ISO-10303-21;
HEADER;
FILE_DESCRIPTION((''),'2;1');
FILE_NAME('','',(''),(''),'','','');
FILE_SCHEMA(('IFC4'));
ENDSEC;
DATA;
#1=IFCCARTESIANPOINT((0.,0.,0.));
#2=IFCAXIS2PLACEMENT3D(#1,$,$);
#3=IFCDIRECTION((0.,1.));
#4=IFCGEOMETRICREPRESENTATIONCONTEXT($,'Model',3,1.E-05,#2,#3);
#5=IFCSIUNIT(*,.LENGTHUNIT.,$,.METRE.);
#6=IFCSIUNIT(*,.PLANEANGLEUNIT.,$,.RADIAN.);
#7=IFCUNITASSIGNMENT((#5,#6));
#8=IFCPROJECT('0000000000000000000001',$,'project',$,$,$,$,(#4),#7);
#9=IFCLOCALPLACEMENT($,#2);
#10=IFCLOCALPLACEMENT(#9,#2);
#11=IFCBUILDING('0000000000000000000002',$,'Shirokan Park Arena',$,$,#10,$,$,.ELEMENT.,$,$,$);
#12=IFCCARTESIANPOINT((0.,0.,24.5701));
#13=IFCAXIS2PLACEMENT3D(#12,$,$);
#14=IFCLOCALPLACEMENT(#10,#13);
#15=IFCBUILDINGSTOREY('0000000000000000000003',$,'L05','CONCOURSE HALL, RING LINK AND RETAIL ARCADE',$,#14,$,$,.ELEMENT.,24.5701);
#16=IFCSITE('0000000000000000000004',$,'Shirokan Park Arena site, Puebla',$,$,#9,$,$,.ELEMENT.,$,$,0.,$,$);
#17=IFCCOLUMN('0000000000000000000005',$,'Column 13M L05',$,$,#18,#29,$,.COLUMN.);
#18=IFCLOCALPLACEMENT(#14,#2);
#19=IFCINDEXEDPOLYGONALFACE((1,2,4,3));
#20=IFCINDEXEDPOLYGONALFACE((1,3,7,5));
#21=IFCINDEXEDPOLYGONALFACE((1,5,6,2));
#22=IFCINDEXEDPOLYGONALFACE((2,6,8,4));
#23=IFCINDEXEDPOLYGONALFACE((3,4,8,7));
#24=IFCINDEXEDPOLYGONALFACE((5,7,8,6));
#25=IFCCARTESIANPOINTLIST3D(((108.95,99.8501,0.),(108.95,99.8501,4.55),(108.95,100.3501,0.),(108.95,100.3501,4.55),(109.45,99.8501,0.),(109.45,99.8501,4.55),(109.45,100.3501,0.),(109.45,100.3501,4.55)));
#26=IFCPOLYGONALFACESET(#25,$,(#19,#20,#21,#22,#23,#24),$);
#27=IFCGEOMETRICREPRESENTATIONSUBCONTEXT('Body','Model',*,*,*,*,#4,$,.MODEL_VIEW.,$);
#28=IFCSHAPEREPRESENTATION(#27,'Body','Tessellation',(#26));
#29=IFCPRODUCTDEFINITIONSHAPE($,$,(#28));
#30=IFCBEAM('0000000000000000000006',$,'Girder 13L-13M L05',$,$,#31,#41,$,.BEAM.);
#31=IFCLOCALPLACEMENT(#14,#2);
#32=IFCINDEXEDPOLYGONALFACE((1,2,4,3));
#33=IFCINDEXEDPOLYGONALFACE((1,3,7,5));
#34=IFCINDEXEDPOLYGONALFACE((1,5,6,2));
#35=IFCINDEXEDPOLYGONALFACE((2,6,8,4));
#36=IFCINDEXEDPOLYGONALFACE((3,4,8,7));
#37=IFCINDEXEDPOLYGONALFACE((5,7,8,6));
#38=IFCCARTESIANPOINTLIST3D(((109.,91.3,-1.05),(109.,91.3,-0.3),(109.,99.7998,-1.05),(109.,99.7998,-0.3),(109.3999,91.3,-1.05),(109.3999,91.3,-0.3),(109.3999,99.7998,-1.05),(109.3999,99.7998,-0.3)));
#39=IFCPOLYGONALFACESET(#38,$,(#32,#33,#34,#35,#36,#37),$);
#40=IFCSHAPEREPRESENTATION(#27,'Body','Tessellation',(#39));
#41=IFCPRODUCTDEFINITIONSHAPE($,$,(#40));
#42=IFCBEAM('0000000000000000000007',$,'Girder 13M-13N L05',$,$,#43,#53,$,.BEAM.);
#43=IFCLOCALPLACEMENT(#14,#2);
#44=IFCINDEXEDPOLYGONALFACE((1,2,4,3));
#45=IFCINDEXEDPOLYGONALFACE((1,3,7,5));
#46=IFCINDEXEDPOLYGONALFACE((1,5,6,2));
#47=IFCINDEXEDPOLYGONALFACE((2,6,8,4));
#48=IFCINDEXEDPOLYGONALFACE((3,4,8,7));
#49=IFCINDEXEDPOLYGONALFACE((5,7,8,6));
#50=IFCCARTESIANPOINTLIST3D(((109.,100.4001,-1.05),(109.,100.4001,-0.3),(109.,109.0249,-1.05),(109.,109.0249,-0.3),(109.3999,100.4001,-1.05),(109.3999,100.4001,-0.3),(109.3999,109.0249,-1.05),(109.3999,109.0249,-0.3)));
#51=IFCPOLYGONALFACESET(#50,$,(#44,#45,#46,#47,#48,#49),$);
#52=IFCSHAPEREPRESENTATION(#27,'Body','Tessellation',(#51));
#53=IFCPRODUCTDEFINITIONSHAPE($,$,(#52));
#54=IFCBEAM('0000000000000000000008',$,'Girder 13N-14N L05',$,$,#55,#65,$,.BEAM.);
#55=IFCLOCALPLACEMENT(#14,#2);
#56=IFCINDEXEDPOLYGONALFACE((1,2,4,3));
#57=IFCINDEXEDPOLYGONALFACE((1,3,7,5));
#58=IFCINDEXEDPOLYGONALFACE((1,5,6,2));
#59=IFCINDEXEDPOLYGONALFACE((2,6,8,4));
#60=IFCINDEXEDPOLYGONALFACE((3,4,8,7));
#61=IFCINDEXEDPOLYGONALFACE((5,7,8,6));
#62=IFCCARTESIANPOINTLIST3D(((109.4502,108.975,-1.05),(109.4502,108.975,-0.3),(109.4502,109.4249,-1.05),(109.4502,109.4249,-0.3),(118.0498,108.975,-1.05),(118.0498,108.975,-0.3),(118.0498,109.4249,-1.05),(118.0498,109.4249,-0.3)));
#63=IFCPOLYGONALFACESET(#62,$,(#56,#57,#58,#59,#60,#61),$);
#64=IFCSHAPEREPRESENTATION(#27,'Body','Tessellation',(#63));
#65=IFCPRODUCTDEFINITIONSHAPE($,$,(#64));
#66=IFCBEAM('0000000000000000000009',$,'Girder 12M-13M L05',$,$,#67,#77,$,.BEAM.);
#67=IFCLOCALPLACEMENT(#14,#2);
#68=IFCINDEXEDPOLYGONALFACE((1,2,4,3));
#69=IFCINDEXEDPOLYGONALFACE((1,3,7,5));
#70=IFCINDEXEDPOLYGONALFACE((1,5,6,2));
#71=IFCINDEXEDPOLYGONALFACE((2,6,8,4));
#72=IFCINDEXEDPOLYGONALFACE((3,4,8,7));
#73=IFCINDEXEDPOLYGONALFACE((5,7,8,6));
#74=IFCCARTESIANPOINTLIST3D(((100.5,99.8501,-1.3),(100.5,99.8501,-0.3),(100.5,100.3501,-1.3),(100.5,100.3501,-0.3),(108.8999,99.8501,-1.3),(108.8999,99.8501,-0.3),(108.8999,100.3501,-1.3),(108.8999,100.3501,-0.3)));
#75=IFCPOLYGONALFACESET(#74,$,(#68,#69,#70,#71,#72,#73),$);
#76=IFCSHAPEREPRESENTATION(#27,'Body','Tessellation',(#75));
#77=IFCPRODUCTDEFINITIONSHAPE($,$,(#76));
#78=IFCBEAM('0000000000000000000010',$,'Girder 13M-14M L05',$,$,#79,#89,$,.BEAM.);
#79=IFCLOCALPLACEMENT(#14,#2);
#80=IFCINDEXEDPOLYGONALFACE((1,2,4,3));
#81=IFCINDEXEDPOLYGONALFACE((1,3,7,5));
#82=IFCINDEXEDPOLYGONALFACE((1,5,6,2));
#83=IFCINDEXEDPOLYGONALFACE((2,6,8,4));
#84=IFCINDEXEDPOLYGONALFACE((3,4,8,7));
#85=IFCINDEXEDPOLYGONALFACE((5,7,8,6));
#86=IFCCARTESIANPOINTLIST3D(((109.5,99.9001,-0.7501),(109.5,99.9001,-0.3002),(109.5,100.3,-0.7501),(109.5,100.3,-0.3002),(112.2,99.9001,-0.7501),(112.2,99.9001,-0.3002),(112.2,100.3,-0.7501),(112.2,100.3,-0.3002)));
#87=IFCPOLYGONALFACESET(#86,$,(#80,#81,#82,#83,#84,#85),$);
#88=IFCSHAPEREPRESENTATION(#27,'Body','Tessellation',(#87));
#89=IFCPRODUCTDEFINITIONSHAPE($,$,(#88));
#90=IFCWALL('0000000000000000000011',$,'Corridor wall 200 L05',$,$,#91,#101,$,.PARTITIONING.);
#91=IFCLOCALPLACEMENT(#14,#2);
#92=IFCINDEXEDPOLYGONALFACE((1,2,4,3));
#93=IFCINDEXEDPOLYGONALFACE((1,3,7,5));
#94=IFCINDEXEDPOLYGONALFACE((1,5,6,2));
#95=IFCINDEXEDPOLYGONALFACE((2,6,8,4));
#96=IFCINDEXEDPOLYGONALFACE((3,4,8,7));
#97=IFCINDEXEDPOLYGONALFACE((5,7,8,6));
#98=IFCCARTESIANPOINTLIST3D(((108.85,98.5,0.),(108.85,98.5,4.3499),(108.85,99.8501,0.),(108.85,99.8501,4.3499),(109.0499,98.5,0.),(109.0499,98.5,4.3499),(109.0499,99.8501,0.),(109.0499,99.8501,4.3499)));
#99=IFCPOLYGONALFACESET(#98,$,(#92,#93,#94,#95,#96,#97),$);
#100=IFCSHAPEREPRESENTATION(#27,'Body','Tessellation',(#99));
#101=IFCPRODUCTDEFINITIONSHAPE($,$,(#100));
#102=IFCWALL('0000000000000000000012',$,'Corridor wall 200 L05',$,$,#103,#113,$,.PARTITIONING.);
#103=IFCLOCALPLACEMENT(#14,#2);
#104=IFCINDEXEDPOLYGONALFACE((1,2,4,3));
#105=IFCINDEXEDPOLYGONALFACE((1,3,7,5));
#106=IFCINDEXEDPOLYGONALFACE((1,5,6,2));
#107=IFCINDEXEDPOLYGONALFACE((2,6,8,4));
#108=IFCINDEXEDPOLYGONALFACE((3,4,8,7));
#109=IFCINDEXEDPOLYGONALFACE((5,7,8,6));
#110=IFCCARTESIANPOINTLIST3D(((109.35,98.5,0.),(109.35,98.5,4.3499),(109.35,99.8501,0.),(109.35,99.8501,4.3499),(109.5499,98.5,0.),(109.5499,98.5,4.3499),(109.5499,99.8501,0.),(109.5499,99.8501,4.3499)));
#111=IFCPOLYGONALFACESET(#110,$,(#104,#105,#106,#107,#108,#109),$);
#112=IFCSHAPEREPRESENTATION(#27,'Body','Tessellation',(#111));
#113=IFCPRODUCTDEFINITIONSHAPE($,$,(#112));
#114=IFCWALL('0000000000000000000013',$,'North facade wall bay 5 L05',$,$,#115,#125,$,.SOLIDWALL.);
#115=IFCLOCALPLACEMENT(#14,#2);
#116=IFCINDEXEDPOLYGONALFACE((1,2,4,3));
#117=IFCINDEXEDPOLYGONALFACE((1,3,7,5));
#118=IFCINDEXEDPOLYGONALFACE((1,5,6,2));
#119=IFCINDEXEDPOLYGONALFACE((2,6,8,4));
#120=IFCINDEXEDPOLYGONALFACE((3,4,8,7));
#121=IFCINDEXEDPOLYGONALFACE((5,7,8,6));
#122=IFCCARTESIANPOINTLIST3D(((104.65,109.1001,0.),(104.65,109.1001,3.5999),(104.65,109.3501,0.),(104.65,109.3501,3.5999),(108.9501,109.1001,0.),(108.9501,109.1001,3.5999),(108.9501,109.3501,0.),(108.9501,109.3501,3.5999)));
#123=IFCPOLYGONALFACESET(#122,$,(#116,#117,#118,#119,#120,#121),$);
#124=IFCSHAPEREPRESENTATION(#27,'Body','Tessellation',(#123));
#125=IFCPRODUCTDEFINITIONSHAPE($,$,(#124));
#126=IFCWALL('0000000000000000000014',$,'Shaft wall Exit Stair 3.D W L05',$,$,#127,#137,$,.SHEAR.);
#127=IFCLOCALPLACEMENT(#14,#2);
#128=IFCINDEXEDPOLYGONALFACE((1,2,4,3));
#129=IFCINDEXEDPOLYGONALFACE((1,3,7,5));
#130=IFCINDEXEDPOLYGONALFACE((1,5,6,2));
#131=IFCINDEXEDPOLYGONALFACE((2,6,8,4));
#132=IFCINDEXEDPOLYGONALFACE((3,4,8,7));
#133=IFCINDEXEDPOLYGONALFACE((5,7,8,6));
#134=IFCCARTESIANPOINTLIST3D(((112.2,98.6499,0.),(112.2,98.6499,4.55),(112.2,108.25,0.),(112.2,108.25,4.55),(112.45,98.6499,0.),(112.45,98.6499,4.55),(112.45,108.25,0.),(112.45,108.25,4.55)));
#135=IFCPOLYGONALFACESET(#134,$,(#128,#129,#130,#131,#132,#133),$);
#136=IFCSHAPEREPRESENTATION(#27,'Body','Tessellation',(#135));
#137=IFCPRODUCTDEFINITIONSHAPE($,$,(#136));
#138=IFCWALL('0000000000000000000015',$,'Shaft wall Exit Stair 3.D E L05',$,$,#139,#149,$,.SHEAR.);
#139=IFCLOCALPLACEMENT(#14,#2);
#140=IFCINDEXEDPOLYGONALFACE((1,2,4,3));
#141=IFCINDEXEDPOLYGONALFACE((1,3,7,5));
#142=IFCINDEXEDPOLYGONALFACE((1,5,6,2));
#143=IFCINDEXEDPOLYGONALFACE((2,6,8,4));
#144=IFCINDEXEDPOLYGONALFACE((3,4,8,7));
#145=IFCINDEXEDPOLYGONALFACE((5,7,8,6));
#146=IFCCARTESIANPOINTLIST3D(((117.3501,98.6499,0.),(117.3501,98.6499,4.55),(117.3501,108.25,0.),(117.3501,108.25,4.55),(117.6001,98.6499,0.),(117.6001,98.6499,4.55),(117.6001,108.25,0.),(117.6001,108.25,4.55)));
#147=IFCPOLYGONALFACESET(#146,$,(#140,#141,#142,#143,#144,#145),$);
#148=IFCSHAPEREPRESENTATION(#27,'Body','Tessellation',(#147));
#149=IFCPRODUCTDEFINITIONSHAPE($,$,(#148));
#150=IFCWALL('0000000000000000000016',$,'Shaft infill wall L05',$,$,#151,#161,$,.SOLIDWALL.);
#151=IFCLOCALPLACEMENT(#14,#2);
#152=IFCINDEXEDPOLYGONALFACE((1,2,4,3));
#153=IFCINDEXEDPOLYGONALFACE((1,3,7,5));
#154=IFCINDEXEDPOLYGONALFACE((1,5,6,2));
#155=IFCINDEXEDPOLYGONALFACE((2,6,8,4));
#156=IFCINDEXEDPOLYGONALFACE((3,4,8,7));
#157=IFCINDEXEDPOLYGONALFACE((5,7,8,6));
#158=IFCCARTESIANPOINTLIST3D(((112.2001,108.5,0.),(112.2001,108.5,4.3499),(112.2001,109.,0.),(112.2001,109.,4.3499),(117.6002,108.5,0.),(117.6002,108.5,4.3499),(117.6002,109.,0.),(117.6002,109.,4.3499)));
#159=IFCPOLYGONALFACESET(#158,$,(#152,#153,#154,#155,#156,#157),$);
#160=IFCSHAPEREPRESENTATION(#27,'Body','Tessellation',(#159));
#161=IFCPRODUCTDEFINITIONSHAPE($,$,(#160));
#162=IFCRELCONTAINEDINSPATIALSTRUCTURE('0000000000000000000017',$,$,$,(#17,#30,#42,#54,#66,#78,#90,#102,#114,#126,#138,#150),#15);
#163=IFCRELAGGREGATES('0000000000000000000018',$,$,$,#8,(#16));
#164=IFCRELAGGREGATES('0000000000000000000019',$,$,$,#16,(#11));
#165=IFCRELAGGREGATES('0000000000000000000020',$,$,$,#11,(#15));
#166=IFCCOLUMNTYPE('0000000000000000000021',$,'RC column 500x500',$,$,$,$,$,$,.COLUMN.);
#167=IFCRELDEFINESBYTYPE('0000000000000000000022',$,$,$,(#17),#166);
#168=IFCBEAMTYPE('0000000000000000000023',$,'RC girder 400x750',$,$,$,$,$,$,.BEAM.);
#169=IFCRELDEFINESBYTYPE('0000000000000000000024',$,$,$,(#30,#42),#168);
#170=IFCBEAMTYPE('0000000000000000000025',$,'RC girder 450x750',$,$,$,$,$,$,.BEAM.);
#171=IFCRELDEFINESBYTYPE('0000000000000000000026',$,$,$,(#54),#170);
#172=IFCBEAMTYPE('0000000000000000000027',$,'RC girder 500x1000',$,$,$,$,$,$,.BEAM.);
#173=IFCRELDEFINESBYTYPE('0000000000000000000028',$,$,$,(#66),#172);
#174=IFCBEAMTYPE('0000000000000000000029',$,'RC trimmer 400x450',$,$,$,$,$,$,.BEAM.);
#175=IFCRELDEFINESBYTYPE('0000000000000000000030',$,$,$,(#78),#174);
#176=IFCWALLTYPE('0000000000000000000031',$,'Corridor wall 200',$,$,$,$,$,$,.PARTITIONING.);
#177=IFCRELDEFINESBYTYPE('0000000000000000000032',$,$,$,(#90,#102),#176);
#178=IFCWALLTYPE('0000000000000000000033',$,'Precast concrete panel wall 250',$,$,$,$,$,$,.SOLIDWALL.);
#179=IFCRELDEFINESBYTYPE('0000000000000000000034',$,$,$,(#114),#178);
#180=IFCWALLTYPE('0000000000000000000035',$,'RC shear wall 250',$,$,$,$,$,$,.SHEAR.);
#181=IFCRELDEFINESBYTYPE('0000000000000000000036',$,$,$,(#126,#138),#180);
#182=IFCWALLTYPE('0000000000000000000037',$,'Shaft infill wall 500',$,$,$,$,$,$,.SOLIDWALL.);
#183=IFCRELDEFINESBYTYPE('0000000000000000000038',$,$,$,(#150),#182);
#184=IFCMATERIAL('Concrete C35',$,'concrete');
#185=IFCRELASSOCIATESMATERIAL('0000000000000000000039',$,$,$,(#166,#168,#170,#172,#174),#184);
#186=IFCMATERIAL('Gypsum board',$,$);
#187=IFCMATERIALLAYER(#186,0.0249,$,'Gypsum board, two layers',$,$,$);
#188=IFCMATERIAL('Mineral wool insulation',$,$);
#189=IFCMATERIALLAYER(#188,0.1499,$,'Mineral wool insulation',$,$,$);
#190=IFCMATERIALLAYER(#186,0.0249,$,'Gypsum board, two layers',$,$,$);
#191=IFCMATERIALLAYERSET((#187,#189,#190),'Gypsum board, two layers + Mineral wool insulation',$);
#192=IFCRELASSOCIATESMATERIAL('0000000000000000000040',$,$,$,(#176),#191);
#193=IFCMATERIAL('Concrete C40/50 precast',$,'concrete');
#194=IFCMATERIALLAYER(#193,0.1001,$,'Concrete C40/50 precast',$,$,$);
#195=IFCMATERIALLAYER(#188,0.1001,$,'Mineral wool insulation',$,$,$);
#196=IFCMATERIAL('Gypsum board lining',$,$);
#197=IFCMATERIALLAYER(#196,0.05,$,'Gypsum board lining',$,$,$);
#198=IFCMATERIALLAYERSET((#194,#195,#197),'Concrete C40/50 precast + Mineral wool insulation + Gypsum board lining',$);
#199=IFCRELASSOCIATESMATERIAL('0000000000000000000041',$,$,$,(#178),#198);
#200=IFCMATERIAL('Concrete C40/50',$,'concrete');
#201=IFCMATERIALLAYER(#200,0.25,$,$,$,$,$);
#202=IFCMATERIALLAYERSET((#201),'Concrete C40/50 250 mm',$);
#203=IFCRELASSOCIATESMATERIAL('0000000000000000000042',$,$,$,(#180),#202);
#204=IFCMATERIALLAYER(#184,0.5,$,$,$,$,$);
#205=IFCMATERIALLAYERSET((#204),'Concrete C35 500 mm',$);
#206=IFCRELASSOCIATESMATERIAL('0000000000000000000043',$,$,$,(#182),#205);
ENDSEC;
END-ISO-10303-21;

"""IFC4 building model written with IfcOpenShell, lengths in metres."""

from ifc_helpers import new_model, si_unit, direction, frame, frame_2d, origin, origin_2d, place, context, subcontext, project, spatial, rectangle, extrude, material, layer, layer_set, material_profile, profile_set, type_object, element, save


model = new_model("IFC4")

# Units and contexts
model_context = context("Model", 3, precision=1e-05, world=origin(), true_north=direction((0.0, 1.0)))
body_context = subcontext(model_context, "Body", "Model", "MODEL_VIEW")
ifc_project = project(units=[si_unit("LENGTHUNIT", "METRE"), si_unit("PLANEANGLEUNIT", "RADIAN")], contexts=[model_context])

# Site, building, storey
site_placement = place(None, origin())
site = spatial("IfcSite", under=ifc_project, at=site_placement, Name="Shirokan Park Arena site, Puebla", CompositionType="ELEMENT", RefElevation=0.0)
building_placement = place(site_placement, origin())
building = spatial("IfcBuilding", under=site, at=building_placement, Name="Shirokan Park Arena", CompositionType="ELEMENT")
storey_placement = place(building_placement, frame((0.0, 0.0, 24.5701)))
storey = spatial("IfcBuildingStorey", under=building, at=storey_placement, Name="L05", Description="CONCOURSE HALL, RING LINK AND RETAIL ARCADE", CompositionType="ELEMENT", Elevation=24.5701)

# Column
ifc_material_1 = material(Name="Concrete C35", Category="concrete")
ifc_material_profile_1 = material_profile(ifc_material_1, rectangle(XDim=0.5, YDim=0.5, at=origin_2d()), Name="500x500")
ifc_profile_set_1 = profile_set([ifc_material_profile_1], Name="Concrete C35")
column_type = type_object("IfcColumnType", Name="RC column 500x500", PredefinedType="COLUMN", material=ifc_profile_set_1)
column_placement = place(storey_placement, frame((109.2, 100.1001, 0.0), z_axis=(0.0, 0.0, 1.0), x_axis=(1.0, 0.0, 0.0)))
element("IfcColumn", 1, at=column_placement, inside=storey, type_object=column_type, Name="Column 13M L05", PredefinedType="COLUMN", context=body_context, shape_type="SweptSolid", body=[
    extrude(rectangle(XDim=0.5, YDim=0.5, at=origin_2d()), origin(), (0.0, 0.0, 1.0), 4.55),
])

# Beams
ifc_material_profile_2 = material_profile(ifc_material_1, rectangle(XDim=0.3999, YDim=0.75, at=origin_2d()), Name="400x750")
ifc_profile_set_2 = profile_set([ifc_material_profile_2], Name="Concrete C35")
beam_type_1 = type_object("IfcBeamType", Name="RC girder 400x750", PredefinedType="BEAM", material=ifc_profile_set_2)
beam_1_placement = place(storey_placement, frame((109.2, 91.3, -0.675), z_axis=(0.0, 1.0, 0.0), x_axis=(-1.0, 0.0, 0.0)))
element("IfcBeam", 2, at=beam_1_placement, inside=storey, type_object=beam_type_1, Name="Girder 13L-13M L05", PredefinedType="BEAM", context=body_context, shape_type="SweptSolid", body=[
    extrude(rectangle(XDim=0.3999, YDim=0.75, at=origin_2d()), origin(), (0.0, 0.0, 1.0), 8.4998),
])
beam_2_placement = place(storey_placement, frame((109.2, 100.4001, -0.675), z_axis=(0.0, 1.0, 0.0), x_axis=(-1.0, 0.0, 0.0)))
element("IfcBeam", 3, at=beam_2_placement, inside=storey, type_object=beam_type_1, Name="Girder 13M-13N L05", PredefinedType="BEAM", context=body_context, shape_type="SweptSolid", body=[
    extrude(rectangle(XDim=0.3999, YDim=0.75, at=origin_2d()), origin(), (0.0, 0.0, 1.0), 8.6248),
])
ifc_material_profile_3 = material_profile(ifc_material_1, rectangle(XDim=0.45, YDim=0.75, at=origin_2d()), Name="450x750")
ifc_profile_set_3 = profile_set([ifc_material_profile_3], Name="Concrete C35")
beam_type_2 = type_object("IfcBeamType", Name="RC girder 450x750", PredefinedType="BEAM", material=ifc_profile_set_3)
beam_3_placement = place(storey_placement, frame((109.4502, 109.2, -0.675), z_axis=(1.0, 0.0, 0.0), x_axis=(0.0, 1.0, 0.0)))
element("IfcBeam", 4, at=beam_3_placement, inside=storey, type_object=beam_type_2, Name="Girder 13N-14N L05", PredefinedType="BEAM", context=body_context, shape_type="SweptSolid", body=[
    extrude(rectangle(XDim=0.45, YDim=0.75, at=origin_2d()), origin(), (0.0, 0.0, 1.0), 8.5996),
])
ifc_material_profile_4 = material_profile(ifc_material_1, rectangle(XDim=0.5, YDim=1.0, at=origin_2d()), Name="500x1000")
ifc_profile_set_4 = profile_set([ifc_material_profile_4], Name="Concrete C35")
beam_type_3 = type_object("IfcBeamType", Name="RC girder 500x1000", PredefinedType="BEAM", material=ifc_profile_set_4)
beam_4_placement = place(storey_placement, frame((100.5, 100.1001, -0.8), z_axis=(1.0, 0.0, 0.0), x_axis=(0.0, 1.0, 0.0)))
element("IfcBeam", 5, at=beam_4_placement, inside=storey, type_object=beam_type_3, Name="Girder 12M-13M L05", PredefinedType="BEAM", context=body_context, shape_type="SweptSolid", body=[
    extrude(rectangle(XDim=0.5, YDim=1.0, at=origin_2d()), origin(), (0.0, 0.0, 1.0), 8.3999),
])
ifc_material_profile_5 = material_profile(ifc_material_1, rectangle(XDim=0.3999, YDim=0.45, at=origin_2d()), Name="400x450")
ifc_profile_set_5 = profile_set([ifc_material_profile_5], Name="Concrete C35")
beam_type_4 = type_object("IfcBeamType", Name="RC trimmer 400x450", PredefinedType="BEAM", material=ifc_profile_set_5)
beam_5_placement = place(storey_placement, frame((109.5, 100.1001, -0.5251), z_axis=(1.0, 0.0, 0.0), x_axis=(0.0, 1.0, 0.0)))
element("IfcBeam", 6, at=beam_5_placement, inside=storey, type_object=beam_type_4, Name="Girder 13M-14M L05", PredefinedType="BEAM", context=body_context, shape_type="SweptSolid", body=[
    extrude(rectangle(XDim=0.3999, YDim=0.45, at=origin_2d()), origin(), (0.0, 0.0, 1.0), 2.7),
])

# Shared definitions
ifc_material_2 = material(Name="Gypsum board")
ifc_layer_1 = layer(ifc_material_2, 0.0249, Name="Gypsum board, two layers")
ifc_material_3 = material(Name="Mineral wool insulation")
ifc_layer_2 = layer(ifc_material_3, 0.1499, Name="Mineral wool insulation")
ifc_layer_3 = layer(ifc_material_2, 0.0249, Name="Gypsum board, two layers")
ifc_layer_set_1 = layer_set([ifc_layer_1, ifc_layer_2, ifc_layer_3], Name="Gypsum board, two layers + Mineral wool insulation")
wall_type_1 = type_object("IfcWallType", Name="Corridor wall 200", PredefinedType="PARTITIONING", material=ifc_layer_set_1)

# Wall
wall_1_placement = place(storey_placement, frame((108.95, 98.5, 0.0), z_axis=(0.0, 0.0, 1.0), x_axis=(0.0, 1.0, 0.0)))
element("IfcWall", 7, at=wall_1_placement, inside=storey, type_object=wall_type_1, Name="Corridor wall 200 L05", PredefinedType="PARTITIONING", context=body_context, shape_type="SweptSolid", body=[
    extrude(rectangle(XDim=1.3501, YDim=0.2, at=frame_2d((0.675, 0.0))), origin(), (0.0, 0.0, 1.0), 4.3499),
])

# Walls
wall_2_placement = place(storey_placement, frame((109.45, 99.8501, 0.0), z_axis=(0.0, 0.0, 1.0), x_axis=(0.0, -1.0, 0.0)))
element("IfcWall", 8, at=wall_2_placement, inside=storey, type_object=wall_type_1, Name="Corridor wall 200 L05", PredefinedType="PARTITIONING", context=body_context, shape_type="SweptSolid", body=[
    extrude(rectangle(XDim=1.3501, YDim=0.2, at=frame_2d((0.675, 0.0))), origin(), (0.0, 0.0, 1.0), 4.3499),
])
ifc_material_4 = material(Name="Concrete C40/50 precast", Category="concrete")
ifc_layer_4 = layer(ifc_material_4, 0.1001, Name="Concrete C40/50 precast")
ifc_layer_5 = layer(ifc_material_3, 0.1001, Name="Mineral wool insulation")
ifc_material_5 = material(Name="Gypsum board lining")
ifc_layer_6 = layer(ifc_material_5, 0.05, Name="Gypsum board lining")
ifc_layer_set_2 = layer_set([ifc_layer_4, ifc_layer_5, ifc_layer_6], Name="Concrete C40/50 precast + Mineral wool insulation + Gypsum board lining")
wall_type_2 = type_object("IfcWallType", Name="Precast concrete panel wall 250", PredefinedType="SOLIDWALL", material=ifc_layer_set_2)
wall_3_placement = place(storey_placement, frame((108.95, 109.2251, 0.0), z_axis=(0.0, 0.0, 1.0), x_axis=(-1.0, 0.0, 0.0)))
element("IfcWall", 9, at=wall_3_placement, inside=storey, type_object=wall_type_2, Name="North facade wall bay 5 L05", PredefinedType="SOLIDWALL", context=body_context, shape_type="SweptSolid", body=[
    extrude(rectangle(XDim=4.3, YDim=0.25, at=frame_2d((2.1499, 0.0))), origin(), (0.0, 0.0, 1.0), 3.5999),
])
ifc_material_6 = material(Name="Concrete C40/50", Category="concrete")
ifc_layer_7 = layer(ifc_material_6, 0.25)
ifc_layer_set_3 = layer_set([ifc_layer_7], Name="Concrete C40/50 250 mm")
wall_type_3 = type_object("IfcWallType", Name="RC shear wall 250", PredefinedType="SHEAR", material=ifc_layer_set_3)
for number, where, z_axis, x_axis, name in (
    (10, (112.325, 108.25, 0.0), (0.0, 0.0, 1.0), (0.0, -1.0, 0.0), "Shaft wall Exit Stair 3.D W L05"),
    (11, (117.4751, 108.25, 0.0), (0.0, 0.0, 1.0), (0.0, -1.0, 0.0), "Shaft wall Exit Stair 3.D E L05"),
):
    element("IfcWall", number, at=place(storey_placement, frame(where, z_axis=z_axis, x_axis=x_axis)), inside=storey, type_object=wall_type_3, Name=name, PredefinedType="SHEAR", context=body_context, shape_type="SweptSolid", body=[
        extrude(rectangle(XDim=9.6001, YDim=0.25, at=frame_2d((4.8, 0.0))), origin(), (0.0, 0.0, 1.0), 4.55),
    ])
ifc_layer_8 = layer(ifc_material_1, 0.5)
ifc_layer_set_4 = layer_set([ifc_layer_8], Name="Concrete C35 500 mm")
wall_type_4 = type_object("IfcWallType", Name="Shaft infill wall 500", PredefinedType="SOLIDWALL", material=ifc_layer_set_4)
wall_4_placement = place(storey_placement, frame((112.2, 108.75, 0.0), z_axis=(0.0, 0.0, 1.0), x_axis=(1.0, 0.0, 0.0)))
element("IfcWall", 12, at=wall_4_placement, inside=storey, type_object=wall_type_4, Name="Shaft infill wall L05", PredefinedType="SOLIDWALL", context=body_context, shape_type="SweptSolid", body=[
    extrude(rectangle(XDim=5.4001, YDim=0.5, at=frame_2d((2.7002, 0.0))), origin(), (0.0, 0.0, 1.0), 4.3499),
])

save(model, "model.ifc")
